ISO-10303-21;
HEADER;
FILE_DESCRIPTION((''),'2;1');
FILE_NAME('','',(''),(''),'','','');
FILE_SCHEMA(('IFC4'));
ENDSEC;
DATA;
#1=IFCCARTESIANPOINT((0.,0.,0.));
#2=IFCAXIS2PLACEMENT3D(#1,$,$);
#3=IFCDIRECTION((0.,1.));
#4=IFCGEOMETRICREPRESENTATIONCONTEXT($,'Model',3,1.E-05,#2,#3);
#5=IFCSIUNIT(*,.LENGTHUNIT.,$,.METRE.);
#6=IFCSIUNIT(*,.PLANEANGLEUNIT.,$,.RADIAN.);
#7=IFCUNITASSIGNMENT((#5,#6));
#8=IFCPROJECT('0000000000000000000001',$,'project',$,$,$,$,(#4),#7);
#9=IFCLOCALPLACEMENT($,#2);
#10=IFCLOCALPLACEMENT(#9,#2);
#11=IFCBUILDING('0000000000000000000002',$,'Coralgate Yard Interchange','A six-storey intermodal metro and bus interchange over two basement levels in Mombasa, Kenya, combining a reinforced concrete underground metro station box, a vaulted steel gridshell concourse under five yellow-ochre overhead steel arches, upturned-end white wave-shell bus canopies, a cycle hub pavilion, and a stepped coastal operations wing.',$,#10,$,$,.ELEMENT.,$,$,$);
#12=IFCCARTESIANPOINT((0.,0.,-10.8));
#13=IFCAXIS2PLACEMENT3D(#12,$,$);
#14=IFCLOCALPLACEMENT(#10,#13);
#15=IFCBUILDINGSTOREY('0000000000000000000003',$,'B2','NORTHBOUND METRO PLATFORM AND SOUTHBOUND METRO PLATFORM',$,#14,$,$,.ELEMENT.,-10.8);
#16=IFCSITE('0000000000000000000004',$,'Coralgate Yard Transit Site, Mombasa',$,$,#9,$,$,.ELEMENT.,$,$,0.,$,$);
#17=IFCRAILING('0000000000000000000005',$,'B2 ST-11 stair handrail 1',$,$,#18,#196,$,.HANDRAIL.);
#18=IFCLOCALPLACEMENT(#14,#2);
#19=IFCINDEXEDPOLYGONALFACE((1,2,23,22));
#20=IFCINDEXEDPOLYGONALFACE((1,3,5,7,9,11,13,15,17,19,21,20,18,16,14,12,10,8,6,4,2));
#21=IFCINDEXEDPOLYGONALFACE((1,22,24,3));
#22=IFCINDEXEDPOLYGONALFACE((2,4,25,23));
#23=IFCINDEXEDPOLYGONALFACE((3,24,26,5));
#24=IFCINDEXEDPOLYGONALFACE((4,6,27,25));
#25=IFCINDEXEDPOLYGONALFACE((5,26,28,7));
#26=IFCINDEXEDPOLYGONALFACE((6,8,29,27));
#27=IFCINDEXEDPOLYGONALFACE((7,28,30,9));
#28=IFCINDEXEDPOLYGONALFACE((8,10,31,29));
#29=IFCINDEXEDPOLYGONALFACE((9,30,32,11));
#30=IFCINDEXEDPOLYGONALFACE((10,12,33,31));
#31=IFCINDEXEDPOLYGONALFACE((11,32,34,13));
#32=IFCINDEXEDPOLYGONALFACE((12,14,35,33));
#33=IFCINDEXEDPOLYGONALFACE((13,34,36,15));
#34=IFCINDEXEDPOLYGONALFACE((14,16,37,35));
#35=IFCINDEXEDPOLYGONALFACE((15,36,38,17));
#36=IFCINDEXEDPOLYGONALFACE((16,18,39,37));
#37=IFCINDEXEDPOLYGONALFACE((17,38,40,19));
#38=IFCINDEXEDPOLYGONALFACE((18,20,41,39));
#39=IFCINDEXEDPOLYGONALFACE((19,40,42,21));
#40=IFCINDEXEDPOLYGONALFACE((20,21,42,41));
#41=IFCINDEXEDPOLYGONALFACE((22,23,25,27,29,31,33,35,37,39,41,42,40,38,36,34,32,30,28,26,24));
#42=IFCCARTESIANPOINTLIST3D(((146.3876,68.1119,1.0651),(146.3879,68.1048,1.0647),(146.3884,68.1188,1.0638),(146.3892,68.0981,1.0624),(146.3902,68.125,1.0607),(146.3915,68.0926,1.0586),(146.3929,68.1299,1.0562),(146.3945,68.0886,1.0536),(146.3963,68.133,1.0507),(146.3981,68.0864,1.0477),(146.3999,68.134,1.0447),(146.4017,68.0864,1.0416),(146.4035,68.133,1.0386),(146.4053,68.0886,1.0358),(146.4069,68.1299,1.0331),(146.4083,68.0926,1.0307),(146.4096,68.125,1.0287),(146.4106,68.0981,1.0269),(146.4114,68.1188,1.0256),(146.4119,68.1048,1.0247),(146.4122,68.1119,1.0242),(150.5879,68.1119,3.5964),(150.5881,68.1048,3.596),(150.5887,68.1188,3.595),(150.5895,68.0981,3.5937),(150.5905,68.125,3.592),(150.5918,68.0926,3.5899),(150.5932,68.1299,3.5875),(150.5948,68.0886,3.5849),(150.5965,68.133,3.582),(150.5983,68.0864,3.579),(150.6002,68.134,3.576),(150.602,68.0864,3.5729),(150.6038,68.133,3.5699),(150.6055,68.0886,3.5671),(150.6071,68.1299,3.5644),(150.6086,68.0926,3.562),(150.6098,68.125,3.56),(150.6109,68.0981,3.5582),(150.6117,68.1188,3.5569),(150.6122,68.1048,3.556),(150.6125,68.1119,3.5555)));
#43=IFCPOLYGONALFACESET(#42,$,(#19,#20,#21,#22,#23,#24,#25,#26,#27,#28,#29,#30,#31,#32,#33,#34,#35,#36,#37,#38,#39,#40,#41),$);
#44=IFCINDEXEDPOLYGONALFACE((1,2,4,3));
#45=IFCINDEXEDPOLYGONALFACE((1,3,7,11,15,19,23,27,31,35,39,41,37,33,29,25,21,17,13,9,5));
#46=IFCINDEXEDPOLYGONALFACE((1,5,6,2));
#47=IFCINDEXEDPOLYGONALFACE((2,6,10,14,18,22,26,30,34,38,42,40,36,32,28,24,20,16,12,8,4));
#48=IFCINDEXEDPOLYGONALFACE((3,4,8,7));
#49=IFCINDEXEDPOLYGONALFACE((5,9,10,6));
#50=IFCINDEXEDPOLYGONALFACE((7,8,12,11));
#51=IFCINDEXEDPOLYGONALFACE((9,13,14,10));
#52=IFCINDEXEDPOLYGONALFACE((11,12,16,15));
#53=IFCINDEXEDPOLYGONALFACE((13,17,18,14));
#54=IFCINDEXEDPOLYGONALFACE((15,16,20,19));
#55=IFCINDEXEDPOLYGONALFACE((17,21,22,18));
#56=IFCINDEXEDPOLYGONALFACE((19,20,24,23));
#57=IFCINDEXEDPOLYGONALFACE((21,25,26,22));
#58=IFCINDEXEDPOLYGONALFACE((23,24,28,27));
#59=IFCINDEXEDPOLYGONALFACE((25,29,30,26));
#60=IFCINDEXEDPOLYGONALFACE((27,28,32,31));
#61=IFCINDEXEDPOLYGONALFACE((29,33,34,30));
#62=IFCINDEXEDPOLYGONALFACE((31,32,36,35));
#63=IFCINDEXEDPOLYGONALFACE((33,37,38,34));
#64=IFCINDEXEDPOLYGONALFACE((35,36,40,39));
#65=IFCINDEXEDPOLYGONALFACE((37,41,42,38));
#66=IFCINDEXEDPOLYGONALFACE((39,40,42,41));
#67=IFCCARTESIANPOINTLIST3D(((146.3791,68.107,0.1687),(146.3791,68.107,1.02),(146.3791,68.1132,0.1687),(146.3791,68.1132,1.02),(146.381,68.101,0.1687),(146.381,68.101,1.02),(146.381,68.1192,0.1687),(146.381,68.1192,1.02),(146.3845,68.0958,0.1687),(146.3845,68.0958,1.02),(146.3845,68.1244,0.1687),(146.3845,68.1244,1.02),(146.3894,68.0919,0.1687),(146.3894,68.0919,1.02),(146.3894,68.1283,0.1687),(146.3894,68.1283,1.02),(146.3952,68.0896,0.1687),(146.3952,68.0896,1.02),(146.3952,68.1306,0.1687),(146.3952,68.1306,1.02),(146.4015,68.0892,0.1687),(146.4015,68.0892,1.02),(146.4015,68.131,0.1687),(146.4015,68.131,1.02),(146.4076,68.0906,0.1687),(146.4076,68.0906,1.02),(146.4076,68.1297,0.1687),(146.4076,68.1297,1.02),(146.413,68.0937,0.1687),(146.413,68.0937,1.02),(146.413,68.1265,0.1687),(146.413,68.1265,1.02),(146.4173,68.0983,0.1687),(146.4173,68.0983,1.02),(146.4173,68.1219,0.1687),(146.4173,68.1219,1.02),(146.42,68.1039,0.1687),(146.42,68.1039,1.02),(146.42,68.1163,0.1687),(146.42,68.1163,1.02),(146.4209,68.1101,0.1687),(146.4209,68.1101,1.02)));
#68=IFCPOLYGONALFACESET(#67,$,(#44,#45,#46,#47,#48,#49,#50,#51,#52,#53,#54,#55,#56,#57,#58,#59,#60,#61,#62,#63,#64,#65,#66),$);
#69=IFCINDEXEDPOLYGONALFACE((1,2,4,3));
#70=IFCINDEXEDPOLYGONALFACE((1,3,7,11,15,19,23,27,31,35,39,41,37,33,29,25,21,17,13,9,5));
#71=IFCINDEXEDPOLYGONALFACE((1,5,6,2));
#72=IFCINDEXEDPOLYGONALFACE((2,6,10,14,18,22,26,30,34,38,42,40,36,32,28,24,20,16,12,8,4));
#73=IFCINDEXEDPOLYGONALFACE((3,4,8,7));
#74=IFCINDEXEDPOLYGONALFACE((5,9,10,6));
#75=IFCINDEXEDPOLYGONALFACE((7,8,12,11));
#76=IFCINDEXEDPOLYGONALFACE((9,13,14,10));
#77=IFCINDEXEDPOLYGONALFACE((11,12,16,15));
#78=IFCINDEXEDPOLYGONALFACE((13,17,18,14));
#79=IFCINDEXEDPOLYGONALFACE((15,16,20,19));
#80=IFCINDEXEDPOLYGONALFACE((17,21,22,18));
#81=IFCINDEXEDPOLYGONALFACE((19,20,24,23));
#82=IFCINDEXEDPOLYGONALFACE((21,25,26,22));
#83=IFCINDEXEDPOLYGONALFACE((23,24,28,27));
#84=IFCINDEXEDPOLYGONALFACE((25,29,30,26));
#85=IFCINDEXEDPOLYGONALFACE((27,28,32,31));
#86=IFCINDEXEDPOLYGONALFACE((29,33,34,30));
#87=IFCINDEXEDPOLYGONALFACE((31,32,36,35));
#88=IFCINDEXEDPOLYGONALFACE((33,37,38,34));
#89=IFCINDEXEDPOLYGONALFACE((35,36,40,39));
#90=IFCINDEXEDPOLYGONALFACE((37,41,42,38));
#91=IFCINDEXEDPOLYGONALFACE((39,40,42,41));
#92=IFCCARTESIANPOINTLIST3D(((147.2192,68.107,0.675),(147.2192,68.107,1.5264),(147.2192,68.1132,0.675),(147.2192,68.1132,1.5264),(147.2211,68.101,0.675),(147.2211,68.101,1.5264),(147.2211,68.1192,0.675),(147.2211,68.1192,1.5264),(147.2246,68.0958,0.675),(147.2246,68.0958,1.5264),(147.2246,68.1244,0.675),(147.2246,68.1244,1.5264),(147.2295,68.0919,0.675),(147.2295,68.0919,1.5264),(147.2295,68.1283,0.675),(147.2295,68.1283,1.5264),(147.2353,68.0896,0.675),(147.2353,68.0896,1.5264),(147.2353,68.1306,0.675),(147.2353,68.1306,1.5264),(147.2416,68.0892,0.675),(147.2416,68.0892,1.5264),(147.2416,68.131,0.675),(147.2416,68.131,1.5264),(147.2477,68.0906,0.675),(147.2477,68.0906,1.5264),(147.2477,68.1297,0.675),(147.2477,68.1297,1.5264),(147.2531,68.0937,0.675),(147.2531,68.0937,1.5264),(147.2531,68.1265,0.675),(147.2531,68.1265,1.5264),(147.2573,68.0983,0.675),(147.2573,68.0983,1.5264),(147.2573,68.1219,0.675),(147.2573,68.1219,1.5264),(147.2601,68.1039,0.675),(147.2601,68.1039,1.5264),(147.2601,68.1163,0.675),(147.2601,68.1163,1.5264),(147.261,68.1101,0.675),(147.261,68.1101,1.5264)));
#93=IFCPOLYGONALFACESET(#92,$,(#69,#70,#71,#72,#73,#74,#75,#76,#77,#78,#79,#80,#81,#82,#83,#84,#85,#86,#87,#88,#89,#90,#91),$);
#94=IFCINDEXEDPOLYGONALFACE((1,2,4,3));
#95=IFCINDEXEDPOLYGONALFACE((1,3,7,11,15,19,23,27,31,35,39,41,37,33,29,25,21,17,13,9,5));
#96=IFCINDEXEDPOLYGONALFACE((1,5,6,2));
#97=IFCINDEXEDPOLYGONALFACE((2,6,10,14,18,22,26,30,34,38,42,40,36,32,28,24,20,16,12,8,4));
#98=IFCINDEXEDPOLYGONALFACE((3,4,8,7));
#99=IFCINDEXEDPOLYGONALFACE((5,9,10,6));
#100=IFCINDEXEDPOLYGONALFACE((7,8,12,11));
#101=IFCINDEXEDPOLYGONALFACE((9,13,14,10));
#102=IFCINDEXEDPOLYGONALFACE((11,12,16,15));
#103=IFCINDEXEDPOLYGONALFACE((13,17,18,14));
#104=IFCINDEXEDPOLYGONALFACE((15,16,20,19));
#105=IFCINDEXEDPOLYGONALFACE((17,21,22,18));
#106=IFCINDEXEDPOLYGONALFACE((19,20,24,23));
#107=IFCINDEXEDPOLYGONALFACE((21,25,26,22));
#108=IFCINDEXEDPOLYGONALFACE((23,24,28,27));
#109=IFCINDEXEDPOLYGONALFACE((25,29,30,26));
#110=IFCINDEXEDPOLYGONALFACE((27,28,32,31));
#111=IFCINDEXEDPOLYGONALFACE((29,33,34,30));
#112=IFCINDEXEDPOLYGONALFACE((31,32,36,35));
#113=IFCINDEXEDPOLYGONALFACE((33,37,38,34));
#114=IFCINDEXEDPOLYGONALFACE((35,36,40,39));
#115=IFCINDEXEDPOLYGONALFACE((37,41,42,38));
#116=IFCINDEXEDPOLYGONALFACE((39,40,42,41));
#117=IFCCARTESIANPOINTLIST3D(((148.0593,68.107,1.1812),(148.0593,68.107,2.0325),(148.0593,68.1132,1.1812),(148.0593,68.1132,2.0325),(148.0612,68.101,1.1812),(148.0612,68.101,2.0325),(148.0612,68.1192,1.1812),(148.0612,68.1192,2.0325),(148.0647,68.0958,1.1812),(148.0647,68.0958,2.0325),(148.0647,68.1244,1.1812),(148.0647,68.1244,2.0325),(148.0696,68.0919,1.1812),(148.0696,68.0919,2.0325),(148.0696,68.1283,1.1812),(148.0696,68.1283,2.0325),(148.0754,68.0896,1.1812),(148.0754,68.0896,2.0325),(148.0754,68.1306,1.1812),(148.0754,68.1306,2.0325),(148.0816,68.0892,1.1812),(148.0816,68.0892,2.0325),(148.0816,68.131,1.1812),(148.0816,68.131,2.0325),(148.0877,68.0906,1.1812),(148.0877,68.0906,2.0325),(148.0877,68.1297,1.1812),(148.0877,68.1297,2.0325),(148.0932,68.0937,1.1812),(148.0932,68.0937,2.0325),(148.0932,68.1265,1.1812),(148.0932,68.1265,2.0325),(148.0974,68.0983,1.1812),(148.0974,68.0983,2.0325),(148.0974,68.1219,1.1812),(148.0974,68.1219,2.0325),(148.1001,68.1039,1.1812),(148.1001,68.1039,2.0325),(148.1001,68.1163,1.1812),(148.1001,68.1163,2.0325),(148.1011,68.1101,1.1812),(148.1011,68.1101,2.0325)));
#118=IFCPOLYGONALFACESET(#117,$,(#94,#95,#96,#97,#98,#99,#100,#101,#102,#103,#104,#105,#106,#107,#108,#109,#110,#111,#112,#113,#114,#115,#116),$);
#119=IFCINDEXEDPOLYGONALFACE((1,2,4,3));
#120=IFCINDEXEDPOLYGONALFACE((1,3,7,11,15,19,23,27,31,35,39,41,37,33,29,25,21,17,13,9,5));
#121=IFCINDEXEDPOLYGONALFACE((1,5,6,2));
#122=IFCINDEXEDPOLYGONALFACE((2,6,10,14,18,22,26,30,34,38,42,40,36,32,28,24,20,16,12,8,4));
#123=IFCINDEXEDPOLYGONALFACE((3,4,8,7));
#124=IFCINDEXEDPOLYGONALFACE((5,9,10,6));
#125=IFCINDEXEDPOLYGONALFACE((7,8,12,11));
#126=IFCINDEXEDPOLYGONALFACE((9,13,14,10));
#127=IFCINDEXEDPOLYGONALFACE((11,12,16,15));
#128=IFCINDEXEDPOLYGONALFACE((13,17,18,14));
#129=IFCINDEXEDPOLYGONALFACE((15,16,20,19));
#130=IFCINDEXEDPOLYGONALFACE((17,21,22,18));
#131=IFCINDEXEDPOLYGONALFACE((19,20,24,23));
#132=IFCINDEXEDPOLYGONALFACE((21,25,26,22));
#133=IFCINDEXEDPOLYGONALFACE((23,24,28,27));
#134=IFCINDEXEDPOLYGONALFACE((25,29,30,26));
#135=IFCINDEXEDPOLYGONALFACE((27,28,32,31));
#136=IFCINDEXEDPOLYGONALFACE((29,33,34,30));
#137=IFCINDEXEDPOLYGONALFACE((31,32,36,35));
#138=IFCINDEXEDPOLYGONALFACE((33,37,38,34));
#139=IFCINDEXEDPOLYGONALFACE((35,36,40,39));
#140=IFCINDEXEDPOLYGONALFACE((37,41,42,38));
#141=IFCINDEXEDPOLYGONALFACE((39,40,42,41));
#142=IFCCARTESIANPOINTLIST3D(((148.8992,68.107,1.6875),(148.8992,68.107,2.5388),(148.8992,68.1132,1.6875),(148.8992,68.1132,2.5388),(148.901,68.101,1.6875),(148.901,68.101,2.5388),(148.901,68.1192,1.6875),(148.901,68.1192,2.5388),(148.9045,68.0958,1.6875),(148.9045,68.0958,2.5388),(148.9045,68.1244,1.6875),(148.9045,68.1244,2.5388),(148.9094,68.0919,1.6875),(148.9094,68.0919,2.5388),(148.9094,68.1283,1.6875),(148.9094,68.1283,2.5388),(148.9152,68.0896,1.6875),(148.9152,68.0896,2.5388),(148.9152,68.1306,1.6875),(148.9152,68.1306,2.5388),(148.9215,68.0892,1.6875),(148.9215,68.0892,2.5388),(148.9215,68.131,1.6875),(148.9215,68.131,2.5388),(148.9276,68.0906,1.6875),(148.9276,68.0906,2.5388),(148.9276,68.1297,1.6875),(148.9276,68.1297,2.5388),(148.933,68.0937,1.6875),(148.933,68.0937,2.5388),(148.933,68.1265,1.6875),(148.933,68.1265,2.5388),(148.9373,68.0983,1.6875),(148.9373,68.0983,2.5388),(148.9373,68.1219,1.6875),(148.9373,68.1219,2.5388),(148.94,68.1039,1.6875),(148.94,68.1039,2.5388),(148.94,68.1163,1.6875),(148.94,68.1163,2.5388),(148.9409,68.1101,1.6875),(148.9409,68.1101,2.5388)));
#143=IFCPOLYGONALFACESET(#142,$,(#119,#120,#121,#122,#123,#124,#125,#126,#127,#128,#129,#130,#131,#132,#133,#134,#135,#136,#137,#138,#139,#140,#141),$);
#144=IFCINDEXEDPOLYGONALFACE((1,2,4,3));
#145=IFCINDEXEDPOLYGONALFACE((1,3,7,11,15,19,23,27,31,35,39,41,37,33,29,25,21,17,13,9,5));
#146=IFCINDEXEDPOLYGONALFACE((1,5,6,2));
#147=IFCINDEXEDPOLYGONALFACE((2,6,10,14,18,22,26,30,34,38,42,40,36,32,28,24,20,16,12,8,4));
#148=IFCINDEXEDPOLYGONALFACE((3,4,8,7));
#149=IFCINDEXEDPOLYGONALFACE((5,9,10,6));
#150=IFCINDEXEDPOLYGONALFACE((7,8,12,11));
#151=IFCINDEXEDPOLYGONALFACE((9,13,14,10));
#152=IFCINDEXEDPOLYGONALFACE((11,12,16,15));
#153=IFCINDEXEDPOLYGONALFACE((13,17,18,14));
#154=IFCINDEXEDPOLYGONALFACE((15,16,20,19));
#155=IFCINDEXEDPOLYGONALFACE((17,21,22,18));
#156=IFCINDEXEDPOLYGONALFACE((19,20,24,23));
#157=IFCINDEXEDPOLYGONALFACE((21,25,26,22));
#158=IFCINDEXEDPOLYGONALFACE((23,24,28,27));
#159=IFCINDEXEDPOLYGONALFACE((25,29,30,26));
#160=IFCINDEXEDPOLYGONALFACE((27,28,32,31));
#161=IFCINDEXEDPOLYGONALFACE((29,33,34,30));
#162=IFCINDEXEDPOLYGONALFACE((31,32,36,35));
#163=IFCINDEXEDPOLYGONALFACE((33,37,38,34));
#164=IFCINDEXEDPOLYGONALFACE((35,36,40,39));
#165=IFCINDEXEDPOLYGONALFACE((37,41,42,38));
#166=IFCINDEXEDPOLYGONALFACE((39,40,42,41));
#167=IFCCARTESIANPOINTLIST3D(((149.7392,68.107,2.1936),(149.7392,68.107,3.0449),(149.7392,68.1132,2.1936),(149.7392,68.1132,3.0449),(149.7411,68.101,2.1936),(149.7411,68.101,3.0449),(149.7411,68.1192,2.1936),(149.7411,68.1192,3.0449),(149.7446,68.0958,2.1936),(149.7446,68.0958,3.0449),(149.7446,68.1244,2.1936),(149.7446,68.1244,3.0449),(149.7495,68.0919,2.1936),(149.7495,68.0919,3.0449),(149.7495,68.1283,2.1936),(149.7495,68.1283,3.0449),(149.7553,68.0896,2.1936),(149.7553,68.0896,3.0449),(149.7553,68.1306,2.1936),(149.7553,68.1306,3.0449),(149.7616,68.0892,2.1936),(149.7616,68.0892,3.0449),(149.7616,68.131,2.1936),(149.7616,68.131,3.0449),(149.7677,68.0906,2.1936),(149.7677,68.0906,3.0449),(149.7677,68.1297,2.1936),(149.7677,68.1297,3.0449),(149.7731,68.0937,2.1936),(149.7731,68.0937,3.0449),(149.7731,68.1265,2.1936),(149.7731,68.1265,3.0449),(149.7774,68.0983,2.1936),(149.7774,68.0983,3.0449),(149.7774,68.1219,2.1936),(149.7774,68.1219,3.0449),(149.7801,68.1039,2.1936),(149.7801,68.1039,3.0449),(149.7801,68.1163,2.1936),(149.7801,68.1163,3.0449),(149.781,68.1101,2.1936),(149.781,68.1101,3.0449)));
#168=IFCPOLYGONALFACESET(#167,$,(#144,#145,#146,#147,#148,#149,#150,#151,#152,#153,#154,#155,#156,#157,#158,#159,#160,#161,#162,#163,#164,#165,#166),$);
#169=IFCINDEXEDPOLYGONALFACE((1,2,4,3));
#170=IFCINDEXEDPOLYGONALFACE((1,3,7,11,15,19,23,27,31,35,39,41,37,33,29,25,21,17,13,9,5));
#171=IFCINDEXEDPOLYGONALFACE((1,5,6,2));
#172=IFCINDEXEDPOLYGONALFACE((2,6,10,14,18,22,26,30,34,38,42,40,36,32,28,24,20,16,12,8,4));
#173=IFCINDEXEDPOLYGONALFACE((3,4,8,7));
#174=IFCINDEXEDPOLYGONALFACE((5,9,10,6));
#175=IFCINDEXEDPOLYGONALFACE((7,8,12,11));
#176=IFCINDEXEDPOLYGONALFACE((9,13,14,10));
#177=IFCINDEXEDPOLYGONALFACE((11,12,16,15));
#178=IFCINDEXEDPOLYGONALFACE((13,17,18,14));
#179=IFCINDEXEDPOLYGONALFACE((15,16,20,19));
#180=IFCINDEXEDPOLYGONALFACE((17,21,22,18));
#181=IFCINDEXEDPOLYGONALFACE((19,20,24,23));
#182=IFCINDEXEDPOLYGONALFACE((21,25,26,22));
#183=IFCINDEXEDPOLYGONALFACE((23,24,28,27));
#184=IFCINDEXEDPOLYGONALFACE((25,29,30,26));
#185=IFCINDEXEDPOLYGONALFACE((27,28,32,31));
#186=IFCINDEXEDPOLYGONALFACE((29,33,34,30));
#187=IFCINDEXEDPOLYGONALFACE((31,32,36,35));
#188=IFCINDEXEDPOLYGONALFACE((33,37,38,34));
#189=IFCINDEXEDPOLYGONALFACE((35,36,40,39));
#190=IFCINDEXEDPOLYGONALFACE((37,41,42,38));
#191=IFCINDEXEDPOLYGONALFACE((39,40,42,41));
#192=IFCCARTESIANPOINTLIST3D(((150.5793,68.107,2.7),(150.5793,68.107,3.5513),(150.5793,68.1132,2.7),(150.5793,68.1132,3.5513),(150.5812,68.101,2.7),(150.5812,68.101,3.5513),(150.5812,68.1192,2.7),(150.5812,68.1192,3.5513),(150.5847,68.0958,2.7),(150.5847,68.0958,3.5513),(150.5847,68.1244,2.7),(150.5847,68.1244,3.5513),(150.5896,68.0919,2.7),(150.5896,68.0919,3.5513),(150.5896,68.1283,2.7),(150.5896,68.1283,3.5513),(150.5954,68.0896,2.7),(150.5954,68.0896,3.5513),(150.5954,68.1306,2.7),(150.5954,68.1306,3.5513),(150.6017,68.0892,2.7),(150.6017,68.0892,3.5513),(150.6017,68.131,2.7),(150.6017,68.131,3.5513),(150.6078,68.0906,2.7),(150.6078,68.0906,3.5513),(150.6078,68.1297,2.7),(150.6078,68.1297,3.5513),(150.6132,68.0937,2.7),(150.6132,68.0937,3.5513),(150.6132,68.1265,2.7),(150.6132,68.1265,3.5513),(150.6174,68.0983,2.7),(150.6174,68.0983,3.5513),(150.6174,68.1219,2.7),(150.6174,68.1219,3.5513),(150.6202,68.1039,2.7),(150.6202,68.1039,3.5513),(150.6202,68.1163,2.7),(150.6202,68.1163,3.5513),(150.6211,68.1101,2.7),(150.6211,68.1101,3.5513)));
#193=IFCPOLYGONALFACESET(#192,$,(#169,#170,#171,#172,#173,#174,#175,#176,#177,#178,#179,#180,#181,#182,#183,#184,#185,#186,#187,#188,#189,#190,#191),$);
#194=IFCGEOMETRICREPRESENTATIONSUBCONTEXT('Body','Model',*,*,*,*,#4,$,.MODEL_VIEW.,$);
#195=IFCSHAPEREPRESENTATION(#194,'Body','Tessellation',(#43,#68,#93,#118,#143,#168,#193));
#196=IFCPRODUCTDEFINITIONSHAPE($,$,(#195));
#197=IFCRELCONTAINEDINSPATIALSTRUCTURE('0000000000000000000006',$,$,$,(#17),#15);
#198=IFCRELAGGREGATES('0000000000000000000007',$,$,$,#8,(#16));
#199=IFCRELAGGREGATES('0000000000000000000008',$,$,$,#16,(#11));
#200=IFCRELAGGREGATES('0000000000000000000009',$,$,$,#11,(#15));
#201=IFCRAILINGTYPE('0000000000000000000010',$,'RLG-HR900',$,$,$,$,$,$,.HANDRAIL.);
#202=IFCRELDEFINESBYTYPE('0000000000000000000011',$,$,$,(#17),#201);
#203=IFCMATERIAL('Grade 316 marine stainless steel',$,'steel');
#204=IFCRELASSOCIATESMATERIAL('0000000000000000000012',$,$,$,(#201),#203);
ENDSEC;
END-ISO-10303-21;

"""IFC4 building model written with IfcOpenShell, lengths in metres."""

from ifc_helpers import new_model, si_unit, direction, frame, origin, origin_2d, place, context, subcontext, project, spatial, circle, extrude, material, type_object, element, save


model = new_model("IFC4")

# Units and contexts
model_context = context("Model", 3, precision=1e-05, world=origin(), true_north=direction((0.0, 1.0)))
body_context = subcontext(model_context, "Body", "Model", "MODEL_VIEW")
ifc_project = project(units=[si_unit("LENGTHUNIT", "METRE"), si_unit("PLANEANGLEUNIT", "RADIAN")], contexts=[model_context])

# Site, building, storey
site_placement = place(None, origin())
site = spatial("IfcSite", under=ifc_project, at=site_placement, Name="Coralgate Yard Transit Site, Mombasa", CompositionType="ELEMENT", RefElevation=0.0)
building_placement = place(site_placement, origin())
building = spatial("IfcBuilding", under=site, at=building_placement, Name="Coralgate Yard Interchange", Description="A six-storey intermodal metro and bus interchange over two basement levels in Mombasa, Kenya, combining a reinforced concrete underground metro station box, a vaulted steel gridshell concourse under five yellow-ochre overhead steel arches, upturned-end white wave-shell bus canopies, a cycle hub pavilion, and a stepped coastal operations wing.", CompositionType="ELEMENT")
storey_placement = place(building_placement, frame((0.0, 0.0, -10.8)))
storey = spatial("IfcBuildingStorey", under=building, at=storey_placement, Name="B2", Description="NORTHBOUND METRO PLATFORM AND SOUTHBOUND METRO PLATFORM", CompositionType="ELEMENT", Elevation=-10.8)

# Railing
ifc_material_1 = material(Name="Grade 316 marine stainless steel", Category="steel")
railing_type_1 = type_object("IfcRailingType", Name="RLG-HR900", PredefinedType="HANDRAIL", material=ifc_material_1)
railing_1_placement = place(storey_placement, frame((146.3999, 68.1101, 0.1687)))
element("IfcRailing", 1, at=railing_1_placement, inside=storey, type_object=railing_type_1, Name="B2 ST-11 stair handrail 1", PredefinedType="HANDRAIL", context=body_context, shape_type="SweptSolid", body=[
    extrude(circle(Radius=0.0239, at=origin_2d()), frame((0.0, 0.0, 0.876), z_axis=(0.85649, 0.0, 0.516164), x_axis=(0.0, 1.0, 0.0)), (0.0, 0.0, 1.0), 4.9041),
    extrude(circle(Radius=0.021, at=origin_2d()), origin(), (0.0, 0.0, 1.0), 0.8513),
    extrude(circle(Radius=0.021, at=origin_2d()), frame((0.8401, 0.0, 0.5063)), (0.0, 0.0, 1.0), 0.8513),
    extrude(circle(Radius=0.021, at=origin_2d()), frame((1.6802, 0.0, 1.0125)), (0.0, 0.0, 1.0), 0.8513),
    extrude(circle(Radius=0.021, at=origin_2d()), frame((2.52, 0.0, 1.5188)), (0.0, 0.0, 1.0), 0.8513),
    extrude(circle(Radius=0.021, at=origin_2d()), frame((3.3601, 0.0, 2.0249)), (0.0, 0.0, 1.0), 0.8513),
    extrude(circle(Radius=0.021, at=origin_2d()), frame((4.2002, 0.0, 2.5312)), (0.0, 0.0, 1.0), 0.8513),
])

save(model, "model.ifc")
